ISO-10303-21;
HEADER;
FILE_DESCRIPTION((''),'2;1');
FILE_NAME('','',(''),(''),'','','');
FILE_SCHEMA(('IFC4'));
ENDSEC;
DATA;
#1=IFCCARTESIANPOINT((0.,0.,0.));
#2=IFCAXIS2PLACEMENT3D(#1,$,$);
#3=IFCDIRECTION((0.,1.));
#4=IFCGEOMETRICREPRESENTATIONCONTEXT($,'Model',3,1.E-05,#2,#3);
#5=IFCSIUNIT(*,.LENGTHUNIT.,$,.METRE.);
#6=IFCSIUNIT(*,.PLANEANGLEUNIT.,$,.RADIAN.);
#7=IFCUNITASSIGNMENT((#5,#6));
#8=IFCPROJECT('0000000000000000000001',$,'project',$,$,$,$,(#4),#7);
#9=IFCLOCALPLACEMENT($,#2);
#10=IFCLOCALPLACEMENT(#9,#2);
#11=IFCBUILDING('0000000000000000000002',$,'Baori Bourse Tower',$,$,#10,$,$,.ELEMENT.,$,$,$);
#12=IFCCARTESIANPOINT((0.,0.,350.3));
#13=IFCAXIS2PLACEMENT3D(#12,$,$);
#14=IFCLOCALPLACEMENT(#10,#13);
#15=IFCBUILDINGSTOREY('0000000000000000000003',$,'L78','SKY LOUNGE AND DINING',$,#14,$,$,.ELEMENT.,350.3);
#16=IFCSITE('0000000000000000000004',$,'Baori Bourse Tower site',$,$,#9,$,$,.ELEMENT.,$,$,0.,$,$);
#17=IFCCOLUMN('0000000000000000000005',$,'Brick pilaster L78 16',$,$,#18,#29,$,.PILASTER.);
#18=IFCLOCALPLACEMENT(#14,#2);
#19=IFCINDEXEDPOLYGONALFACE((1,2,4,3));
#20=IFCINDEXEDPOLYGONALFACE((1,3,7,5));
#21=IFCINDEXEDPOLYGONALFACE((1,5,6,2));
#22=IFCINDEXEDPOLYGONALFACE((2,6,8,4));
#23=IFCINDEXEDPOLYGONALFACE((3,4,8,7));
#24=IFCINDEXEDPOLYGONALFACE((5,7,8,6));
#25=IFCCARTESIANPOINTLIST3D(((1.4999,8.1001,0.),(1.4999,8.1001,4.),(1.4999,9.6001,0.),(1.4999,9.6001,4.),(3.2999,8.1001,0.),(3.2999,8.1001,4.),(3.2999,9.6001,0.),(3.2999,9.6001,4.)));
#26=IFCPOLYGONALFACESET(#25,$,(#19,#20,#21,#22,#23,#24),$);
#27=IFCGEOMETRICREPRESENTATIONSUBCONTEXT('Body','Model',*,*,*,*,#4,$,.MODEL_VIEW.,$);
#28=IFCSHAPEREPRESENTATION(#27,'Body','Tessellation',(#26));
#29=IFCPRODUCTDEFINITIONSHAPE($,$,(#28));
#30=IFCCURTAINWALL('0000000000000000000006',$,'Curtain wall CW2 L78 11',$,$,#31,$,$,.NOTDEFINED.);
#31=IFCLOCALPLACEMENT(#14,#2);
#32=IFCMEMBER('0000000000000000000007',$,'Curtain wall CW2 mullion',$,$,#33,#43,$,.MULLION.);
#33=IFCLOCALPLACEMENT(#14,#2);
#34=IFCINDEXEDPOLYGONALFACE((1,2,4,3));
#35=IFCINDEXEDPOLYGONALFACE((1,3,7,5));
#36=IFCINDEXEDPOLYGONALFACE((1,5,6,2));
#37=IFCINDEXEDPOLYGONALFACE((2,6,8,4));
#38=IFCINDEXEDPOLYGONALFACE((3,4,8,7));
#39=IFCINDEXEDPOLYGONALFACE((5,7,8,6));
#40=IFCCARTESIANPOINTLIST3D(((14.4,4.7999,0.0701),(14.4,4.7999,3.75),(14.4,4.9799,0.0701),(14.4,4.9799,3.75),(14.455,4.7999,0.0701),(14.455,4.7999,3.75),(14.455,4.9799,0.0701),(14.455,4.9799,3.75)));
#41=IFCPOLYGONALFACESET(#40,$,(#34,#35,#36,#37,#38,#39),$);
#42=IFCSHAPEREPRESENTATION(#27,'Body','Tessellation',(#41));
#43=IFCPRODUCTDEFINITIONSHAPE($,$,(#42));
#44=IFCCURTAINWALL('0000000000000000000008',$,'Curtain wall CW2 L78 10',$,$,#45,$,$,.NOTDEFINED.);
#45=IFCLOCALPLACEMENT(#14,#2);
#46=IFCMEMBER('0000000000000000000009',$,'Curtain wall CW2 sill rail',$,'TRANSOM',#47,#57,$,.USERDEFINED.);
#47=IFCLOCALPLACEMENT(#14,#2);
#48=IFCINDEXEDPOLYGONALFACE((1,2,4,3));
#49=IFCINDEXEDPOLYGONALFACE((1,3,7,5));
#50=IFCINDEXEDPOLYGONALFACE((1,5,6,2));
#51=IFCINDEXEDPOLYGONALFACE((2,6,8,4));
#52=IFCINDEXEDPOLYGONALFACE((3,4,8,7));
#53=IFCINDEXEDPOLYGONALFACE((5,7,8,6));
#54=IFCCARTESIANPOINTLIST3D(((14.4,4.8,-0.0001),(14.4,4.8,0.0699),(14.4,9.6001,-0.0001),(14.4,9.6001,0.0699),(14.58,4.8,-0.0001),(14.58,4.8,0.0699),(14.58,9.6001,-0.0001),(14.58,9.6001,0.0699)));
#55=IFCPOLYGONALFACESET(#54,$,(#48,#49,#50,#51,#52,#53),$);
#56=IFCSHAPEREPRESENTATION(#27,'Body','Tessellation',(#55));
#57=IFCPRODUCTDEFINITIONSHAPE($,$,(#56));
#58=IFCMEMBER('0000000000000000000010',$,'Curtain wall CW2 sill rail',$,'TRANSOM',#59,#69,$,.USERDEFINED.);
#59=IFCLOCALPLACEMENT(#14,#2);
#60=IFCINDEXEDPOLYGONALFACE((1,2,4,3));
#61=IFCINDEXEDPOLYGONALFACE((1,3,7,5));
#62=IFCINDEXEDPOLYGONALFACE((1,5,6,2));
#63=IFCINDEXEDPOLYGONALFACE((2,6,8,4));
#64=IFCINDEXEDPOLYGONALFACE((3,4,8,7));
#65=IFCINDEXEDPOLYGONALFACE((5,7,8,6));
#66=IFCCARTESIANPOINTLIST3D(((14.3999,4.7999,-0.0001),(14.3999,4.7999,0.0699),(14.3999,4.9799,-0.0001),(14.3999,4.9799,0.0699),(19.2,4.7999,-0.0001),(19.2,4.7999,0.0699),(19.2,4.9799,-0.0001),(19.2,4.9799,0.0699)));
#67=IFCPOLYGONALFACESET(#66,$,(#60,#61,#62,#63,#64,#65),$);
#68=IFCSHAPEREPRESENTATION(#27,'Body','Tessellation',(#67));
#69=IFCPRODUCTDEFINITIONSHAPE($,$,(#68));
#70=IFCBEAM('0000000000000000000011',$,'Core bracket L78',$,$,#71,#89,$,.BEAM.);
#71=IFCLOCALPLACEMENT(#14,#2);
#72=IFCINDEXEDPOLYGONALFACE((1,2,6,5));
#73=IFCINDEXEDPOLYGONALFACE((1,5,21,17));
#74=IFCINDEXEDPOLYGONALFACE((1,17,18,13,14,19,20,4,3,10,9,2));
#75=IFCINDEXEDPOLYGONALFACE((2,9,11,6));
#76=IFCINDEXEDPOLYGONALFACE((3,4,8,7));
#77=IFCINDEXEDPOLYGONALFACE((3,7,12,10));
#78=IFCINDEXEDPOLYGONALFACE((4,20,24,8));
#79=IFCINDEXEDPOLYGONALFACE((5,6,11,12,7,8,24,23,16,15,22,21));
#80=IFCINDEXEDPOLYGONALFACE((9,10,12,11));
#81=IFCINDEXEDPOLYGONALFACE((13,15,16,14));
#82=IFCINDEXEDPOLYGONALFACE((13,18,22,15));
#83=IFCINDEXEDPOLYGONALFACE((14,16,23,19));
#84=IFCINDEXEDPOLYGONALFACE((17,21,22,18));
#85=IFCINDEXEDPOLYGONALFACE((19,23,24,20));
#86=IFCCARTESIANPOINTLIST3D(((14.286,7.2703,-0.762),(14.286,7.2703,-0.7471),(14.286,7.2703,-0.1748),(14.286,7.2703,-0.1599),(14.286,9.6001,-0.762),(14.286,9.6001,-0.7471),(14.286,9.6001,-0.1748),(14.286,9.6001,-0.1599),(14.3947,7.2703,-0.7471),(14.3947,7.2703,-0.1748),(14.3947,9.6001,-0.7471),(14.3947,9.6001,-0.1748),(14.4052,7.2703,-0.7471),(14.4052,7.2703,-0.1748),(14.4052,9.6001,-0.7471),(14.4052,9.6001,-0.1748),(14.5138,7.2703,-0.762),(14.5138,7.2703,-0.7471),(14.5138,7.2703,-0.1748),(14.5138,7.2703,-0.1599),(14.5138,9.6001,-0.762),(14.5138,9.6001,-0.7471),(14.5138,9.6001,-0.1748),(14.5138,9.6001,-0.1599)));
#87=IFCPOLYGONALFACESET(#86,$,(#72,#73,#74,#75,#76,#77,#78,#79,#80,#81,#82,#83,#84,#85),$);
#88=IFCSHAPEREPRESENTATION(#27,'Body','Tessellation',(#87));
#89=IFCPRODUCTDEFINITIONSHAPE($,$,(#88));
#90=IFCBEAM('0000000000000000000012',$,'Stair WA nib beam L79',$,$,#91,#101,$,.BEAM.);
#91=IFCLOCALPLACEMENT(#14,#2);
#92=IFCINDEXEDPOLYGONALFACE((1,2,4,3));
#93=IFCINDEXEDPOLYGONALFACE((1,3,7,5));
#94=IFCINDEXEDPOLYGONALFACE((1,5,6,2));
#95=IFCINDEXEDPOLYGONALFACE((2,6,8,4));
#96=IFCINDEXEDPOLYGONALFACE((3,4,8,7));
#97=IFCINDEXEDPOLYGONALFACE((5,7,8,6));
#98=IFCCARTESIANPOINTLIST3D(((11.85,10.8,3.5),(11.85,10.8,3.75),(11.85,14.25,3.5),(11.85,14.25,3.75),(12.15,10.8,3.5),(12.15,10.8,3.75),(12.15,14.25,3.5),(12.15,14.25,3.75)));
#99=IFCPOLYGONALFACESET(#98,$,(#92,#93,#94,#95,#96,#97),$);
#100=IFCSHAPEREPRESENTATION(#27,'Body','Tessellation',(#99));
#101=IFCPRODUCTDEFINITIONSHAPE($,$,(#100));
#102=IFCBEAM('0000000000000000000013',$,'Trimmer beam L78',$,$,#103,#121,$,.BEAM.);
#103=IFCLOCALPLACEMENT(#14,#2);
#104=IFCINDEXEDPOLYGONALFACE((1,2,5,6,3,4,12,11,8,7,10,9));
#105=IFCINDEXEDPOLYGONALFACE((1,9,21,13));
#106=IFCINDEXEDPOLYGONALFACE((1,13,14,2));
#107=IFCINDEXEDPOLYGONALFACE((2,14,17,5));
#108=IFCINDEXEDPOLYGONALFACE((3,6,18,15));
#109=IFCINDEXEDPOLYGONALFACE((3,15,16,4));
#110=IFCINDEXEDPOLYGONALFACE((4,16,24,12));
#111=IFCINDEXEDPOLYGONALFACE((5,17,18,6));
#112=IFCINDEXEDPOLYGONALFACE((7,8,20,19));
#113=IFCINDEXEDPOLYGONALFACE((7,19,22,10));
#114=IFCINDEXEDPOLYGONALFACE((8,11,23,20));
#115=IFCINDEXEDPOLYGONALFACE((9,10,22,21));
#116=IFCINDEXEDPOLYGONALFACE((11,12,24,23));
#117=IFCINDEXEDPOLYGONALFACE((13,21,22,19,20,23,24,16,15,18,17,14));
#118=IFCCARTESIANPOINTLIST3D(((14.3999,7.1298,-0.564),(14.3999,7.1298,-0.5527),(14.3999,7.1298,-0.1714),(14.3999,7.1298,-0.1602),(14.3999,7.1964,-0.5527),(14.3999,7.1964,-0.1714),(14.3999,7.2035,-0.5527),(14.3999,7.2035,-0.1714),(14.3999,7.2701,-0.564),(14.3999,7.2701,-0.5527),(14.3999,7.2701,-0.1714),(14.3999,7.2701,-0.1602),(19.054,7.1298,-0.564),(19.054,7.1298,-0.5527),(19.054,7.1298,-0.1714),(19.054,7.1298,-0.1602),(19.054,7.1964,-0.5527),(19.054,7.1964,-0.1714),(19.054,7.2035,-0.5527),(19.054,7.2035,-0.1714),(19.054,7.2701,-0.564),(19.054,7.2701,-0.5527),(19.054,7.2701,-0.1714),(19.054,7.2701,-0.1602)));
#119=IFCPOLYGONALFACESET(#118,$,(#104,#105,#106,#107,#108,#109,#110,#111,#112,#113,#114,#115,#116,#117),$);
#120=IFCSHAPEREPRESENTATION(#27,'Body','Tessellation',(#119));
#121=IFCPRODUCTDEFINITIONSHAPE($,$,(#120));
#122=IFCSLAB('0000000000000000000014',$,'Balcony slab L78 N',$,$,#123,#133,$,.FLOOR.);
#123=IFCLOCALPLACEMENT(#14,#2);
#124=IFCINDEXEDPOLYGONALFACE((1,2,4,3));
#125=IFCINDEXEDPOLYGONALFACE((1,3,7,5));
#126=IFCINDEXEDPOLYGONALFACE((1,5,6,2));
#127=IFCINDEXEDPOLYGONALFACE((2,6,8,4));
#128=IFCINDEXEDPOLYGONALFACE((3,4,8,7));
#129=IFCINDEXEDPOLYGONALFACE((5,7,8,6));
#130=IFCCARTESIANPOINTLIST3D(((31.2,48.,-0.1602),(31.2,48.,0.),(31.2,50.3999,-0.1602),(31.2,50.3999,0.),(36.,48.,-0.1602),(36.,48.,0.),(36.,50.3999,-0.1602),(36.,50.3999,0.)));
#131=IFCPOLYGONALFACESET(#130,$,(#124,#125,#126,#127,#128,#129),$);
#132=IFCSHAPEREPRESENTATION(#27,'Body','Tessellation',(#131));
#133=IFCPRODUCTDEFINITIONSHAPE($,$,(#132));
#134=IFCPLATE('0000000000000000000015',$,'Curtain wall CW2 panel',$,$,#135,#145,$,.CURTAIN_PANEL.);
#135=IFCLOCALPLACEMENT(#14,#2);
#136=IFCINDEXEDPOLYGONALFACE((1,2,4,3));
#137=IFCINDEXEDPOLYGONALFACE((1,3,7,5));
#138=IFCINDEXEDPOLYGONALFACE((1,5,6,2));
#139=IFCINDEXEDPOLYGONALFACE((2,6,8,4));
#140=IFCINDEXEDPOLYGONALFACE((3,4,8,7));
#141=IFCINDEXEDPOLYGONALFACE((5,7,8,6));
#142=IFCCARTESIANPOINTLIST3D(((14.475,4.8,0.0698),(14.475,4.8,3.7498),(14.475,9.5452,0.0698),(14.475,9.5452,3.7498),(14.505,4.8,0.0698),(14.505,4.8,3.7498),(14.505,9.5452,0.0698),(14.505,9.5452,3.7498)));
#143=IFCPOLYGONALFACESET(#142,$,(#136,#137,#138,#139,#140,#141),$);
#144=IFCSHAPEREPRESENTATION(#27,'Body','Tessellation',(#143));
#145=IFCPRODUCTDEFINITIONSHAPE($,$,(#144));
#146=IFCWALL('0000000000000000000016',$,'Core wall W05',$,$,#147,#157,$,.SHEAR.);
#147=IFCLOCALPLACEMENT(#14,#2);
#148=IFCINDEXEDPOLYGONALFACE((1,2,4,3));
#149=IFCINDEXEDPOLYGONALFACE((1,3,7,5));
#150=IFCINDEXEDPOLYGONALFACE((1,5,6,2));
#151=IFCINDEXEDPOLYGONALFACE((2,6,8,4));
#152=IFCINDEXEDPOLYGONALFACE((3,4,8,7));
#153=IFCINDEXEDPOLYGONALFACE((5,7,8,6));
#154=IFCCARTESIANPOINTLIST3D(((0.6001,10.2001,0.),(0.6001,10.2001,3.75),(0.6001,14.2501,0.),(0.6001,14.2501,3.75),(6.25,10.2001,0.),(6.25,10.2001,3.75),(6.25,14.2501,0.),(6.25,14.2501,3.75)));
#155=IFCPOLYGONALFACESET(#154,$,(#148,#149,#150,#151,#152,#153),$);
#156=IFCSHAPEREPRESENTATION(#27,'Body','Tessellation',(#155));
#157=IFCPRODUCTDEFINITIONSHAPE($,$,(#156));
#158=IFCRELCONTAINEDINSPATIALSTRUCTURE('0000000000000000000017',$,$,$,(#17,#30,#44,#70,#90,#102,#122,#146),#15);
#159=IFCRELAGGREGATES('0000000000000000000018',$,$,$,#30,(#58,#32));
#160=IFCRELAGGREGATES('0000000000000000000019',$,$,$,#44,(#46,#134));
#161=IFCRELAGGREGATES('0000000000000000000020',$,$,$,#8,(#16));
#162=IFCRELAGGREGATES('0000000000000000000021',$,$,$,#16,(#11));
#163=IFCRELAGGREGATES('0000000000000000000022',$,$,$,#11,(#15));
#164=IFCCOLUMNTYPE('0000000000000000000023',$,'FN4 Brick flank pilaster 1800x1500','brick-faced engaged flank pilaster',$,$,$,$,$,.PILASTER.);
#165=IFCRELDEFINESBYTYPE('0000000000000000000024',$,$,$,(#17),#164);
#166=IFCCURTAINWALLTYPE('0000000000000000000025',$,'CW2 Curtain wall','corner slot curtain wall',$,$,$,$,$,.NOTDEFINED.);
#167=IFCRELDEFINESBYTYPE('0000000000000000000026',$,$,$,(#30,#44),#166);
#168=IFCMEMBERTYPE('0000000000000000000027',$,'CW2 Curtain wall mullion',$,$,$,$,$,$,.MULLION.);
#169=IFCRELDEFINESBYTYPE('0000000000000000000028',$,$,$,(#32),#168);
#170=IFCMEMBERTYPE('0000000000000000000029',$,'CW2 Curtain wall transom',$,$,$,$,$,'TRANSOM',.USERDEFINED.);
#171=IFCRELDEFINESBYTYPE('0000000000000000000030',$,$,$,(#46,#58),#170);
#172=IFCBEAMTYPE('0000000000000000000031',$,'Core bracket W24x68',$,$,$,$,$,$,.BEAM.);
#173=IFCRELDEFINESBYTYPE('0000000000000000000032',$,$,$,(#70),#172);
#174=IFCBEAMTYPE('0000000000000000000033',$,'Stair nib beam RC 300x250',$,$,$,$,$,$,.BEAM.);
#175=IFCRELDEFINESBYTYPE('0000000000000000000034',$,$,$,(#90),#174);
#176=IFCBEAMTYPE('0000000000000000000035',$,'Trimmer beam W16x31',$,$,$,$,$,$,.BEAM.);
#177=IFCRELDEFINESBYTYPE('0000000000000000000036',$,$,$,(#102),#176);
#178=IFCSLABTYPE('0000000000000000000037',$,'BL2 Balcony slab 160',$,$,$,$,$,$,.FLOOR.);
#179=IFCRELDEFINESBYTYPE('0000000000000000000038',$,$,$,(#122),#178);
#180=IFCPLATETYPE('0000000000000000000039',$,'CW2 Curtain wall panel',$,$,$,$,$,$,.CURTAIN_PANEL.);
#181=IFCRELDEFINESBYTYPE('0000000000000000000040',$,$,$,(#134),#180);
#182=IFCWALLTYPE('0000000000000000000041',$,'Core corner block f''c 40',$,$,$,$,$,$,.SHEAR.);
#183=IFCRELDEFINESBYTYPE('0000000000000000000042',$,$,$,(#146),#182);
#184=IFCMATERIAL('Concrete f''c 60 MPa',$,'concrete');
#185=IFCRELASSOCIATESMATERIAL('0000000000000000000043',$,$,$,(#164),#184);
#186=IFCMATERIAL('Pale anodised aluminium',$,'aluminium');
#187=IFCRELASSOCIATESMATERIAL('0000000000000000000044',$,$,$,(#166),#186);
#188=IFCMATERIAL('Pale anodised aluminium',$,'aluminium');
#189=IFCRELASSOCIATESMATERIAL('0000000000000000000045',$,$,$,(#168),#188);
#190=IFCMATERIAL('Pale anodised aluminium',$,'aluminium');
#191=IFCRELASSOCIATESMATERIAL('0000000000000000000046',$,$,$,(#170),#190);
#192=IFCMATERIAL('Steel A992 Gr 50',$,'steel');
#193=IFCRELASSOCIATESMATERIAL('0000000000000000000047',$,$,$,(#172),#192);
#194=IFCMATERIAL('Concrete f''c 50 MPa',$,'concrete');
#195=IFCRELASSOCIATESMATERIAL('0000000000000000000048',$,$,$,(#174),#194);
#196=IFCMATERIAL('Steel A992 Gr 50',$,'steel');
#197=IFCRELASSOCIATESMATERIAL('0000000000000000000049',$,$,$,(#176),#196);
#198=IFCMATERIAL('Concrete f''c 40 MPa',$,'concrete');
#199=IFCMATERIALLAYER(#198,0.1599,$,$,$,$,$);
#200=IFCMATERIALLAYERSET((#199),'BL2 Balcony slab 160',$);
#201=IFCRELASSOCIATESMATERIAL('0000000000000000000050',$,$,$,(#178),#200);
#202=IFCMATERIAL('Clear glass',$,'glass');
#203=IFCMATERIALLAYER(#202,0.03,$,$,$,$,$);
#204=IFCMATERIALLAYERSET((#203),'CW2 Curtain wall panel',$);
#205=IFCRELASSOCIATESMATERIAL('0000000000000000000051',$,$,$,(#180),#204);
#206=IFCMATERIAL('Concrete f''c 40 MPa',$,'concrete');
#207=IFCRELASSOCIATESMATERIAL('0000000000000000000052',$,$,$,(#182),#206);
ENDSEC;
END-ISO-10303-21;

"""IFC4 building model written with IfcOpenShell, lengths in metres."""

from ifc_helpers import new_model, si_unit, direction, frame, frame_2d, origin, origin_2d, place, context, subcontext, project, spatial, polyline, rectangle, i_section, outline, extrude, material, layer, layer_set, material_profile, profile_set, type_object, element, aggregate, save


model = new_model("IFC4")

# Units and contexts
model_context = context("Model", 3, precision=1e-05, world=origin(), true_north=direction((0.0, 1.0)))
body_context = subcontext(model_context, "Body", "Model", "MODEL_VIEW")
ifc_project = project(units=[si_unit("LENGTHUNIT", "METRE"), si_unit("PLANEANGLEUNIT", "RADIAN")], contexts=[model_context])

# Site, building, storey
site_placement = place(None, origin())
site = spatial("IfcSite", under=ifc_project, at=site_placement, Name="Baori Bourse Tower site", CompositionType="ELEMENT", RefElevation=0.0)
building_placement = place(site_placement, origin())
building = spatial("IfcBuilding", under=site, at=building_placement, Name="Baori Bourse Tower", CompositionType="ELEMENT")
storey_placement = place(building_placement, frame((0.0, 0.0, 350.3)))
storey = spatial("IfcBuildingStorey", under=building, at=storey_placement, Name="L78", Description="SKY LOUNGE AND DINING", CompositionType="ELEMENT", Elevation=350.3)

# Column
ifc_material_1 = material(Name="Concrete f'c 60 MPa", Category="concrete")
ifc_material_profile_1 = material_profile(ifc_material_1, rectangle(XDim=1.8, YDim=1.5, at=origin_2d()), Name="RC 1800x1500")
ifc_profile_set_1 = profile_set([ifc_material_profile_1], Name="Concrete f'c 60 MPa")
column_type = type_object("IfcColumnType", Name="FN4 Brick flank pilaster 1800x1500", Description="brick-faced engaged flank pilaster", PredefinedType="PILASTER", material=ifc_profile_set_1)
column_placement = place(storey_placement, frame((2.3999, 8.8501, 0.0), z_axis=(0.0, 0.0, 1.0), x_axis=(1.0, 0.0, 0.0)))
element("IfcColumn", 1, at=column_placement, inside=storey, type_object=column_type, Name="Brick pilaster L78 16", PredefinedType="PILASTER", context=body_context, shape_type="SweptSolid", body=[
    extrude(rectangle(XDim=1.8, YDim=1.5, at=origin_2d()), origin(), (0.0, 0.0, 1.0), 4.0),
])

# Curtain walls, members
ifc_material_2 = material(Name="Pale anodised aluminium", Category="aluminium")
curtain_wall_type = type_object("IfcCurtainWallType", Name="CW2 Curtain wall", Description="corner slot curtain wall", PredefinedType="NOTDEFINED", material=ifc_material_2)
curtain_wall_1_placement = place(storey_placement, origin())
curtain_wall_1 = element("IfcCurtainWall", 2, at=curtain_wall_1_placement, inside=storey, type_object=curtain_wall_type, Name="Curtain wall CW2 L78 11", PredefinedType="NOTDEFINED")
ifc_material_3 = material(Name="Pale anodised aluminium", Category="aluminium")
ifc_material_profile_2 = material_profile(ifc_material_3, rectangle(XDim=0.1799, YDim=0.0549, at=origin_2d()), Name="Mullion 55x180")
ifc_profile_set_2 = profile_set([ifc_material_profile_2], Name="Pale anodised aluminium")
member_type_1 = type_object("IfcMemberType", Name="CW2 Curtain wall mullion", PredefinedType="MULLION", material=ifc_profile_set_2)
member_1_placement = place(storey_placement, frame((14.4275, 4.8899, 0.0701), z_axis=(0.0, 0.0, 1.0), x_axis=(0.0, 1.0, 0.0)))
member_1 = element("IfcMember", 3, at=member_1_placement, type_object=member_type_1, Name="Curtain wall CW2 mullion", PredefinedType="MULLION", context=body_context, shape_type="SweptSolid", body=[
    extrude(rectangle(XDim=0.1799, YDim=0.0549, at=origin_2d()), origin(), (0.0, 0.0, 1.0), 3.6799),
])
curtain_wall_2_placement = place(storey_placement, origin())
curtain_wall_2 = element("IfcCurtainWall", 4, at=curtain_wall_2_placement, inside=storey, type_object=curtain_wall_type, Name="Curtain wall CW2 L78 10", PredefinedType="NOTDEFINED")
ifc_material_4 = material(Name="Pale anodised aluminium", Category="aluminium")
ifc_material_profile_3 = material_profile(ifc_material_4, rectangle(XDim=0.1799, YDim=0.0701, at=origin_2d()), Name="Transom 70x180")
ifc_profile_set_3 = profile_set([ifc_material_profile_3], Name="Pale anodised aluminium")
member_type_2 = type_object("IfcMemberType", Name="CW2 Curtain wall transom", ElementType="TRANSOM", PredefinedType="USERDEFINED", material=ifc_profile_set_3)
member_2_placement = place(storey_placement, frame((14.49, 9.6001, 0.0349), z_axis=(0.0, -1.0, 0.0), x_axis=(1.0, 0.0, 0.0)))
member_2 = element("IfcMember", 5, at=member_2_placement, type_object=member_type_2, Name="Curtain wall CW2 sill rail", ObjectType="TRANSOM", PredefinedType="USERDEFINED", context=body_context, shape_type="SweptSolid", body=[
    extrude(rectangle(XDim=0.1799, YDim=0.0701, at=origin_2d()), origin(), (0.0, 0.0, 1.0), 4.8),
])

# Member
member_3_placement = place(storey_placement, frame((14.3999, 4.8899, 0.0349), z_axis=(1.0, 0.0, 0.0), x_axis=(0.0, 1.0, 0.0)))
member_3 = element("IfcMember", 6, at=member_3_placement, type_object=member_type_2, Name="Curtain wall CW2 sill rail", ObjectType="TRANSOM", PredefinedType="USERDEFINED", context=body_context, shape_type="SweptSolid", body=[
    extrude(rectangle(XDim=0.1799, YDim=0.0701, at=origin_2d()), origin(), (0.0, 0.0, 1.0), 4.8),
])
aggregate(curtain_wall_1, [member_3, member_1])

# Beams
ifc_material_5 = material(Name="Steel A992 Gr 50", Category="steel")
ifc_material_profile_4 = material_profile(ifc_material_5, i_section(OverallWidth=0.2278, OverallDepth=0.6021, WebThickness=0.0105, FlangeThickness=0.0149, at=origin_2d()), Name="W24x68")
ifc_profile_set_4 = profile_set([ifc_material_profile_4], Name="Steel A992 Gr 50")
beam_type_1 = type_object("IfcBeamType", Name="Core bracket W24x68", PredefinedType="BEAM", material=ifc_profile_set_4)
beam_1_placement = place(storey_placement, frame((14.3999, 7.2703, -0.4609), z_axis=(0.0, 1.0, 0.0), x_axis=(-1.0, 0.0, 0.0)))
element("IfcBeam", 7, at=beam_1_placement, inside=storey, type_object=beam_type_1, Name="Core bracket L78", PredefinedType="BEAM", context=body_context, shape_type="SweptSolid", body=[
    extrude(i_section(OverallWidth=0.2278, OverallDepth=0.6021, WebThickness=0.0105, FlangeThickness=0.0149, at=origin_2d()), origin(), (0.0, 0.0, 1.0), 2.3298),
])
ifc_material_6 = material(Name="Concrete f'c 50 MPa", Category="concrete")
ifc_material_profile_5 = material_profile(ifc_material_6, rectangle(XDim=0.3, YDim=0.25, at=origin_2d()), Name="RC 300x250")
ifc_profile_set_5 = profile_set([ifc_material_profile_5], Name="Concrete f'c 50 MPa")
beam_type_2 = type_object("IfcBeamType", Name="Stair nib beam RC 300x250", PredefinedType="BEAM", material=ifc_profile_set_5)
beam_2_placement = place(storey_placement, frame((12.0, 10.8, 3.625), z_axis=(0.0, 1.0, 0.0), x_axis=(-1.0, 0.0, 0.0)))
element("IfcBeam", 8, at=beam_2_placement, inside=storey, type_object=beam_type_2, Name="Stair WA nib beam L79", PredefinedType="BEAM", context=body_context, shape_type="SweptSolid", body=[
    extrude(rectangle(XDim=0.3, YDim=0.25, at=origin_2d()), origin(), (0.0, 0.0, 1.0), 3.45),
])
ifc_material_7 = material(Name="Steel A992 Gr 50", Category="steel")
ifc_material_profile_6 = material_profile(ifc_material_7, i_section(OverallWidth=0.1404, OverallDepth=0.4038, WebThickness=0.0071, FlangeThickness=0.0112, at=origin_2d()), Name="W16x31")
ifc_profile_set_6 = profile_set([ifc_material_profile_6], Name="Steel A992 Gr 50")
beam_type_3 = type_object("IfcBeamType", Name="Trimmer beam W16x31", PredefinedType="BEAM", material=ifc_profile_set_6)
beam_3_placement = place(storey_placement, frame((14.3999, 7.2, -0.3621), z_axis=(1.0, 0.0, 0.0), x_axis=(0.0, 1.0, 0.0)))
element("IfcBeam", 9, at=beam_3_placement, inside=storey, type_object=beam_type_3, Name="Trimmer beam L78", PredefinedType="BEAM", context=body_context, shape_type="SweptSolid", body=[
    extrude(i_section(OverallWidth=0.1404, OverallDepth=0.4038, WebThickness=0.0071, FlangeThickness=0.0112, at=origin_2d()), origin(), (0.0, 0.0, 1.0), 4.6541),
])

# Slab
ifc_material_8 = material(Name="Concrete f'c 40 MPa", Category="concrete")
ifc_layer_1 = layer(ifc_material_8, 0.1599)
ifc_layer_set_1 = layer_set([ifc_layer_1], Name="BL2 Balcony slab 160")
slab_type = type_object("IfcSlabType", Name="BL2 Balcony slab 160", PredefinedType="FLOOR", material=ifc_layer_set_1)
slab_placement = place(storey_placement, frame((0.0, 0.0, -0.1602)))
element("IfcSlab", 10, at=slab_placement, inside=storey, type_object=slab_type, Name="Balcony slab L78 N", PredefinedType="FLOOR", context=body_context, shape_type="SweptSolid", body=[
    extrude(outline(polyline([(31.2, 48.0), (36.0, 48.0), (36.0, 50.3999), (31.2, 50.3999), (31.2, 48.0)])), origin(), (0.0, 0.0, 1.0), 0.1602),
])

# Plate
ifc_material_9 = material(Name="Clear glass", Category="glass")
ifc_layer_2 = layer(ifc_material_9, 0.03)
ifc_layer_set_2 = layer_set([ifc_layer_2], Name="CW2 Curtain wall panel")
plate_type = type_object("IfcPlateType", Name="CW2 Curtain wall panel", PredefinedType="CURTAIN_PANEL", material=ifc_layer_set_2)
plate_placement = place(storey_placement, frame((14.49, 7.1726, 0.0698), z_axis=(0.0, 0.0, 1.0), x_axis=(0.0, -1.0, 0.0)))
plate = element("IfcPlate", 11, at=plate_placement, type_object=plate_type, Name="Curtain wall CW2 panel", PredefinedType="CURTAIN_PANEL", context=body_context, shape_type="SweptSolid", body=[
    extrude(rectangle(XDim=4.7451, YDim=0.03, at=origin_2d()), origin(), (0.0, 0.0, 1.0), 3.6799),
])
aggregate(curtain_wall_2, [member_2, plate])

# Wall
ifc_material_10 = material(Name="Concrete f'c 40 MPa", Category="concrete")
wall_type_1 = type_object("IfcWallType", Name="Core corner block f'c 40", PredefinedType="SHEAR", material=ifc_material_10)
wall_1_placement = place(storey_placement, frame((0.6001, 12.2251, 0.0), z_axis=(0.0, 0.0, 1.0), x_axis=(1.0, 0.0, 0.0)))
element("IfcWall", 12, at=wall_1_placement, inside=storey, type_object=wall_type_1, Name="Core wall W05", PredefinedType="SHEAR", context=body_context, shape_type="SweptSolid", body=[
    extrude(rectangle(XDim=5.6499, YDim=4.05, at=frame_2d((2.825, 0.0))), origin(), (0.0, 0.0, 1.0), 3.75),
])

save(model, "model.ifc")
